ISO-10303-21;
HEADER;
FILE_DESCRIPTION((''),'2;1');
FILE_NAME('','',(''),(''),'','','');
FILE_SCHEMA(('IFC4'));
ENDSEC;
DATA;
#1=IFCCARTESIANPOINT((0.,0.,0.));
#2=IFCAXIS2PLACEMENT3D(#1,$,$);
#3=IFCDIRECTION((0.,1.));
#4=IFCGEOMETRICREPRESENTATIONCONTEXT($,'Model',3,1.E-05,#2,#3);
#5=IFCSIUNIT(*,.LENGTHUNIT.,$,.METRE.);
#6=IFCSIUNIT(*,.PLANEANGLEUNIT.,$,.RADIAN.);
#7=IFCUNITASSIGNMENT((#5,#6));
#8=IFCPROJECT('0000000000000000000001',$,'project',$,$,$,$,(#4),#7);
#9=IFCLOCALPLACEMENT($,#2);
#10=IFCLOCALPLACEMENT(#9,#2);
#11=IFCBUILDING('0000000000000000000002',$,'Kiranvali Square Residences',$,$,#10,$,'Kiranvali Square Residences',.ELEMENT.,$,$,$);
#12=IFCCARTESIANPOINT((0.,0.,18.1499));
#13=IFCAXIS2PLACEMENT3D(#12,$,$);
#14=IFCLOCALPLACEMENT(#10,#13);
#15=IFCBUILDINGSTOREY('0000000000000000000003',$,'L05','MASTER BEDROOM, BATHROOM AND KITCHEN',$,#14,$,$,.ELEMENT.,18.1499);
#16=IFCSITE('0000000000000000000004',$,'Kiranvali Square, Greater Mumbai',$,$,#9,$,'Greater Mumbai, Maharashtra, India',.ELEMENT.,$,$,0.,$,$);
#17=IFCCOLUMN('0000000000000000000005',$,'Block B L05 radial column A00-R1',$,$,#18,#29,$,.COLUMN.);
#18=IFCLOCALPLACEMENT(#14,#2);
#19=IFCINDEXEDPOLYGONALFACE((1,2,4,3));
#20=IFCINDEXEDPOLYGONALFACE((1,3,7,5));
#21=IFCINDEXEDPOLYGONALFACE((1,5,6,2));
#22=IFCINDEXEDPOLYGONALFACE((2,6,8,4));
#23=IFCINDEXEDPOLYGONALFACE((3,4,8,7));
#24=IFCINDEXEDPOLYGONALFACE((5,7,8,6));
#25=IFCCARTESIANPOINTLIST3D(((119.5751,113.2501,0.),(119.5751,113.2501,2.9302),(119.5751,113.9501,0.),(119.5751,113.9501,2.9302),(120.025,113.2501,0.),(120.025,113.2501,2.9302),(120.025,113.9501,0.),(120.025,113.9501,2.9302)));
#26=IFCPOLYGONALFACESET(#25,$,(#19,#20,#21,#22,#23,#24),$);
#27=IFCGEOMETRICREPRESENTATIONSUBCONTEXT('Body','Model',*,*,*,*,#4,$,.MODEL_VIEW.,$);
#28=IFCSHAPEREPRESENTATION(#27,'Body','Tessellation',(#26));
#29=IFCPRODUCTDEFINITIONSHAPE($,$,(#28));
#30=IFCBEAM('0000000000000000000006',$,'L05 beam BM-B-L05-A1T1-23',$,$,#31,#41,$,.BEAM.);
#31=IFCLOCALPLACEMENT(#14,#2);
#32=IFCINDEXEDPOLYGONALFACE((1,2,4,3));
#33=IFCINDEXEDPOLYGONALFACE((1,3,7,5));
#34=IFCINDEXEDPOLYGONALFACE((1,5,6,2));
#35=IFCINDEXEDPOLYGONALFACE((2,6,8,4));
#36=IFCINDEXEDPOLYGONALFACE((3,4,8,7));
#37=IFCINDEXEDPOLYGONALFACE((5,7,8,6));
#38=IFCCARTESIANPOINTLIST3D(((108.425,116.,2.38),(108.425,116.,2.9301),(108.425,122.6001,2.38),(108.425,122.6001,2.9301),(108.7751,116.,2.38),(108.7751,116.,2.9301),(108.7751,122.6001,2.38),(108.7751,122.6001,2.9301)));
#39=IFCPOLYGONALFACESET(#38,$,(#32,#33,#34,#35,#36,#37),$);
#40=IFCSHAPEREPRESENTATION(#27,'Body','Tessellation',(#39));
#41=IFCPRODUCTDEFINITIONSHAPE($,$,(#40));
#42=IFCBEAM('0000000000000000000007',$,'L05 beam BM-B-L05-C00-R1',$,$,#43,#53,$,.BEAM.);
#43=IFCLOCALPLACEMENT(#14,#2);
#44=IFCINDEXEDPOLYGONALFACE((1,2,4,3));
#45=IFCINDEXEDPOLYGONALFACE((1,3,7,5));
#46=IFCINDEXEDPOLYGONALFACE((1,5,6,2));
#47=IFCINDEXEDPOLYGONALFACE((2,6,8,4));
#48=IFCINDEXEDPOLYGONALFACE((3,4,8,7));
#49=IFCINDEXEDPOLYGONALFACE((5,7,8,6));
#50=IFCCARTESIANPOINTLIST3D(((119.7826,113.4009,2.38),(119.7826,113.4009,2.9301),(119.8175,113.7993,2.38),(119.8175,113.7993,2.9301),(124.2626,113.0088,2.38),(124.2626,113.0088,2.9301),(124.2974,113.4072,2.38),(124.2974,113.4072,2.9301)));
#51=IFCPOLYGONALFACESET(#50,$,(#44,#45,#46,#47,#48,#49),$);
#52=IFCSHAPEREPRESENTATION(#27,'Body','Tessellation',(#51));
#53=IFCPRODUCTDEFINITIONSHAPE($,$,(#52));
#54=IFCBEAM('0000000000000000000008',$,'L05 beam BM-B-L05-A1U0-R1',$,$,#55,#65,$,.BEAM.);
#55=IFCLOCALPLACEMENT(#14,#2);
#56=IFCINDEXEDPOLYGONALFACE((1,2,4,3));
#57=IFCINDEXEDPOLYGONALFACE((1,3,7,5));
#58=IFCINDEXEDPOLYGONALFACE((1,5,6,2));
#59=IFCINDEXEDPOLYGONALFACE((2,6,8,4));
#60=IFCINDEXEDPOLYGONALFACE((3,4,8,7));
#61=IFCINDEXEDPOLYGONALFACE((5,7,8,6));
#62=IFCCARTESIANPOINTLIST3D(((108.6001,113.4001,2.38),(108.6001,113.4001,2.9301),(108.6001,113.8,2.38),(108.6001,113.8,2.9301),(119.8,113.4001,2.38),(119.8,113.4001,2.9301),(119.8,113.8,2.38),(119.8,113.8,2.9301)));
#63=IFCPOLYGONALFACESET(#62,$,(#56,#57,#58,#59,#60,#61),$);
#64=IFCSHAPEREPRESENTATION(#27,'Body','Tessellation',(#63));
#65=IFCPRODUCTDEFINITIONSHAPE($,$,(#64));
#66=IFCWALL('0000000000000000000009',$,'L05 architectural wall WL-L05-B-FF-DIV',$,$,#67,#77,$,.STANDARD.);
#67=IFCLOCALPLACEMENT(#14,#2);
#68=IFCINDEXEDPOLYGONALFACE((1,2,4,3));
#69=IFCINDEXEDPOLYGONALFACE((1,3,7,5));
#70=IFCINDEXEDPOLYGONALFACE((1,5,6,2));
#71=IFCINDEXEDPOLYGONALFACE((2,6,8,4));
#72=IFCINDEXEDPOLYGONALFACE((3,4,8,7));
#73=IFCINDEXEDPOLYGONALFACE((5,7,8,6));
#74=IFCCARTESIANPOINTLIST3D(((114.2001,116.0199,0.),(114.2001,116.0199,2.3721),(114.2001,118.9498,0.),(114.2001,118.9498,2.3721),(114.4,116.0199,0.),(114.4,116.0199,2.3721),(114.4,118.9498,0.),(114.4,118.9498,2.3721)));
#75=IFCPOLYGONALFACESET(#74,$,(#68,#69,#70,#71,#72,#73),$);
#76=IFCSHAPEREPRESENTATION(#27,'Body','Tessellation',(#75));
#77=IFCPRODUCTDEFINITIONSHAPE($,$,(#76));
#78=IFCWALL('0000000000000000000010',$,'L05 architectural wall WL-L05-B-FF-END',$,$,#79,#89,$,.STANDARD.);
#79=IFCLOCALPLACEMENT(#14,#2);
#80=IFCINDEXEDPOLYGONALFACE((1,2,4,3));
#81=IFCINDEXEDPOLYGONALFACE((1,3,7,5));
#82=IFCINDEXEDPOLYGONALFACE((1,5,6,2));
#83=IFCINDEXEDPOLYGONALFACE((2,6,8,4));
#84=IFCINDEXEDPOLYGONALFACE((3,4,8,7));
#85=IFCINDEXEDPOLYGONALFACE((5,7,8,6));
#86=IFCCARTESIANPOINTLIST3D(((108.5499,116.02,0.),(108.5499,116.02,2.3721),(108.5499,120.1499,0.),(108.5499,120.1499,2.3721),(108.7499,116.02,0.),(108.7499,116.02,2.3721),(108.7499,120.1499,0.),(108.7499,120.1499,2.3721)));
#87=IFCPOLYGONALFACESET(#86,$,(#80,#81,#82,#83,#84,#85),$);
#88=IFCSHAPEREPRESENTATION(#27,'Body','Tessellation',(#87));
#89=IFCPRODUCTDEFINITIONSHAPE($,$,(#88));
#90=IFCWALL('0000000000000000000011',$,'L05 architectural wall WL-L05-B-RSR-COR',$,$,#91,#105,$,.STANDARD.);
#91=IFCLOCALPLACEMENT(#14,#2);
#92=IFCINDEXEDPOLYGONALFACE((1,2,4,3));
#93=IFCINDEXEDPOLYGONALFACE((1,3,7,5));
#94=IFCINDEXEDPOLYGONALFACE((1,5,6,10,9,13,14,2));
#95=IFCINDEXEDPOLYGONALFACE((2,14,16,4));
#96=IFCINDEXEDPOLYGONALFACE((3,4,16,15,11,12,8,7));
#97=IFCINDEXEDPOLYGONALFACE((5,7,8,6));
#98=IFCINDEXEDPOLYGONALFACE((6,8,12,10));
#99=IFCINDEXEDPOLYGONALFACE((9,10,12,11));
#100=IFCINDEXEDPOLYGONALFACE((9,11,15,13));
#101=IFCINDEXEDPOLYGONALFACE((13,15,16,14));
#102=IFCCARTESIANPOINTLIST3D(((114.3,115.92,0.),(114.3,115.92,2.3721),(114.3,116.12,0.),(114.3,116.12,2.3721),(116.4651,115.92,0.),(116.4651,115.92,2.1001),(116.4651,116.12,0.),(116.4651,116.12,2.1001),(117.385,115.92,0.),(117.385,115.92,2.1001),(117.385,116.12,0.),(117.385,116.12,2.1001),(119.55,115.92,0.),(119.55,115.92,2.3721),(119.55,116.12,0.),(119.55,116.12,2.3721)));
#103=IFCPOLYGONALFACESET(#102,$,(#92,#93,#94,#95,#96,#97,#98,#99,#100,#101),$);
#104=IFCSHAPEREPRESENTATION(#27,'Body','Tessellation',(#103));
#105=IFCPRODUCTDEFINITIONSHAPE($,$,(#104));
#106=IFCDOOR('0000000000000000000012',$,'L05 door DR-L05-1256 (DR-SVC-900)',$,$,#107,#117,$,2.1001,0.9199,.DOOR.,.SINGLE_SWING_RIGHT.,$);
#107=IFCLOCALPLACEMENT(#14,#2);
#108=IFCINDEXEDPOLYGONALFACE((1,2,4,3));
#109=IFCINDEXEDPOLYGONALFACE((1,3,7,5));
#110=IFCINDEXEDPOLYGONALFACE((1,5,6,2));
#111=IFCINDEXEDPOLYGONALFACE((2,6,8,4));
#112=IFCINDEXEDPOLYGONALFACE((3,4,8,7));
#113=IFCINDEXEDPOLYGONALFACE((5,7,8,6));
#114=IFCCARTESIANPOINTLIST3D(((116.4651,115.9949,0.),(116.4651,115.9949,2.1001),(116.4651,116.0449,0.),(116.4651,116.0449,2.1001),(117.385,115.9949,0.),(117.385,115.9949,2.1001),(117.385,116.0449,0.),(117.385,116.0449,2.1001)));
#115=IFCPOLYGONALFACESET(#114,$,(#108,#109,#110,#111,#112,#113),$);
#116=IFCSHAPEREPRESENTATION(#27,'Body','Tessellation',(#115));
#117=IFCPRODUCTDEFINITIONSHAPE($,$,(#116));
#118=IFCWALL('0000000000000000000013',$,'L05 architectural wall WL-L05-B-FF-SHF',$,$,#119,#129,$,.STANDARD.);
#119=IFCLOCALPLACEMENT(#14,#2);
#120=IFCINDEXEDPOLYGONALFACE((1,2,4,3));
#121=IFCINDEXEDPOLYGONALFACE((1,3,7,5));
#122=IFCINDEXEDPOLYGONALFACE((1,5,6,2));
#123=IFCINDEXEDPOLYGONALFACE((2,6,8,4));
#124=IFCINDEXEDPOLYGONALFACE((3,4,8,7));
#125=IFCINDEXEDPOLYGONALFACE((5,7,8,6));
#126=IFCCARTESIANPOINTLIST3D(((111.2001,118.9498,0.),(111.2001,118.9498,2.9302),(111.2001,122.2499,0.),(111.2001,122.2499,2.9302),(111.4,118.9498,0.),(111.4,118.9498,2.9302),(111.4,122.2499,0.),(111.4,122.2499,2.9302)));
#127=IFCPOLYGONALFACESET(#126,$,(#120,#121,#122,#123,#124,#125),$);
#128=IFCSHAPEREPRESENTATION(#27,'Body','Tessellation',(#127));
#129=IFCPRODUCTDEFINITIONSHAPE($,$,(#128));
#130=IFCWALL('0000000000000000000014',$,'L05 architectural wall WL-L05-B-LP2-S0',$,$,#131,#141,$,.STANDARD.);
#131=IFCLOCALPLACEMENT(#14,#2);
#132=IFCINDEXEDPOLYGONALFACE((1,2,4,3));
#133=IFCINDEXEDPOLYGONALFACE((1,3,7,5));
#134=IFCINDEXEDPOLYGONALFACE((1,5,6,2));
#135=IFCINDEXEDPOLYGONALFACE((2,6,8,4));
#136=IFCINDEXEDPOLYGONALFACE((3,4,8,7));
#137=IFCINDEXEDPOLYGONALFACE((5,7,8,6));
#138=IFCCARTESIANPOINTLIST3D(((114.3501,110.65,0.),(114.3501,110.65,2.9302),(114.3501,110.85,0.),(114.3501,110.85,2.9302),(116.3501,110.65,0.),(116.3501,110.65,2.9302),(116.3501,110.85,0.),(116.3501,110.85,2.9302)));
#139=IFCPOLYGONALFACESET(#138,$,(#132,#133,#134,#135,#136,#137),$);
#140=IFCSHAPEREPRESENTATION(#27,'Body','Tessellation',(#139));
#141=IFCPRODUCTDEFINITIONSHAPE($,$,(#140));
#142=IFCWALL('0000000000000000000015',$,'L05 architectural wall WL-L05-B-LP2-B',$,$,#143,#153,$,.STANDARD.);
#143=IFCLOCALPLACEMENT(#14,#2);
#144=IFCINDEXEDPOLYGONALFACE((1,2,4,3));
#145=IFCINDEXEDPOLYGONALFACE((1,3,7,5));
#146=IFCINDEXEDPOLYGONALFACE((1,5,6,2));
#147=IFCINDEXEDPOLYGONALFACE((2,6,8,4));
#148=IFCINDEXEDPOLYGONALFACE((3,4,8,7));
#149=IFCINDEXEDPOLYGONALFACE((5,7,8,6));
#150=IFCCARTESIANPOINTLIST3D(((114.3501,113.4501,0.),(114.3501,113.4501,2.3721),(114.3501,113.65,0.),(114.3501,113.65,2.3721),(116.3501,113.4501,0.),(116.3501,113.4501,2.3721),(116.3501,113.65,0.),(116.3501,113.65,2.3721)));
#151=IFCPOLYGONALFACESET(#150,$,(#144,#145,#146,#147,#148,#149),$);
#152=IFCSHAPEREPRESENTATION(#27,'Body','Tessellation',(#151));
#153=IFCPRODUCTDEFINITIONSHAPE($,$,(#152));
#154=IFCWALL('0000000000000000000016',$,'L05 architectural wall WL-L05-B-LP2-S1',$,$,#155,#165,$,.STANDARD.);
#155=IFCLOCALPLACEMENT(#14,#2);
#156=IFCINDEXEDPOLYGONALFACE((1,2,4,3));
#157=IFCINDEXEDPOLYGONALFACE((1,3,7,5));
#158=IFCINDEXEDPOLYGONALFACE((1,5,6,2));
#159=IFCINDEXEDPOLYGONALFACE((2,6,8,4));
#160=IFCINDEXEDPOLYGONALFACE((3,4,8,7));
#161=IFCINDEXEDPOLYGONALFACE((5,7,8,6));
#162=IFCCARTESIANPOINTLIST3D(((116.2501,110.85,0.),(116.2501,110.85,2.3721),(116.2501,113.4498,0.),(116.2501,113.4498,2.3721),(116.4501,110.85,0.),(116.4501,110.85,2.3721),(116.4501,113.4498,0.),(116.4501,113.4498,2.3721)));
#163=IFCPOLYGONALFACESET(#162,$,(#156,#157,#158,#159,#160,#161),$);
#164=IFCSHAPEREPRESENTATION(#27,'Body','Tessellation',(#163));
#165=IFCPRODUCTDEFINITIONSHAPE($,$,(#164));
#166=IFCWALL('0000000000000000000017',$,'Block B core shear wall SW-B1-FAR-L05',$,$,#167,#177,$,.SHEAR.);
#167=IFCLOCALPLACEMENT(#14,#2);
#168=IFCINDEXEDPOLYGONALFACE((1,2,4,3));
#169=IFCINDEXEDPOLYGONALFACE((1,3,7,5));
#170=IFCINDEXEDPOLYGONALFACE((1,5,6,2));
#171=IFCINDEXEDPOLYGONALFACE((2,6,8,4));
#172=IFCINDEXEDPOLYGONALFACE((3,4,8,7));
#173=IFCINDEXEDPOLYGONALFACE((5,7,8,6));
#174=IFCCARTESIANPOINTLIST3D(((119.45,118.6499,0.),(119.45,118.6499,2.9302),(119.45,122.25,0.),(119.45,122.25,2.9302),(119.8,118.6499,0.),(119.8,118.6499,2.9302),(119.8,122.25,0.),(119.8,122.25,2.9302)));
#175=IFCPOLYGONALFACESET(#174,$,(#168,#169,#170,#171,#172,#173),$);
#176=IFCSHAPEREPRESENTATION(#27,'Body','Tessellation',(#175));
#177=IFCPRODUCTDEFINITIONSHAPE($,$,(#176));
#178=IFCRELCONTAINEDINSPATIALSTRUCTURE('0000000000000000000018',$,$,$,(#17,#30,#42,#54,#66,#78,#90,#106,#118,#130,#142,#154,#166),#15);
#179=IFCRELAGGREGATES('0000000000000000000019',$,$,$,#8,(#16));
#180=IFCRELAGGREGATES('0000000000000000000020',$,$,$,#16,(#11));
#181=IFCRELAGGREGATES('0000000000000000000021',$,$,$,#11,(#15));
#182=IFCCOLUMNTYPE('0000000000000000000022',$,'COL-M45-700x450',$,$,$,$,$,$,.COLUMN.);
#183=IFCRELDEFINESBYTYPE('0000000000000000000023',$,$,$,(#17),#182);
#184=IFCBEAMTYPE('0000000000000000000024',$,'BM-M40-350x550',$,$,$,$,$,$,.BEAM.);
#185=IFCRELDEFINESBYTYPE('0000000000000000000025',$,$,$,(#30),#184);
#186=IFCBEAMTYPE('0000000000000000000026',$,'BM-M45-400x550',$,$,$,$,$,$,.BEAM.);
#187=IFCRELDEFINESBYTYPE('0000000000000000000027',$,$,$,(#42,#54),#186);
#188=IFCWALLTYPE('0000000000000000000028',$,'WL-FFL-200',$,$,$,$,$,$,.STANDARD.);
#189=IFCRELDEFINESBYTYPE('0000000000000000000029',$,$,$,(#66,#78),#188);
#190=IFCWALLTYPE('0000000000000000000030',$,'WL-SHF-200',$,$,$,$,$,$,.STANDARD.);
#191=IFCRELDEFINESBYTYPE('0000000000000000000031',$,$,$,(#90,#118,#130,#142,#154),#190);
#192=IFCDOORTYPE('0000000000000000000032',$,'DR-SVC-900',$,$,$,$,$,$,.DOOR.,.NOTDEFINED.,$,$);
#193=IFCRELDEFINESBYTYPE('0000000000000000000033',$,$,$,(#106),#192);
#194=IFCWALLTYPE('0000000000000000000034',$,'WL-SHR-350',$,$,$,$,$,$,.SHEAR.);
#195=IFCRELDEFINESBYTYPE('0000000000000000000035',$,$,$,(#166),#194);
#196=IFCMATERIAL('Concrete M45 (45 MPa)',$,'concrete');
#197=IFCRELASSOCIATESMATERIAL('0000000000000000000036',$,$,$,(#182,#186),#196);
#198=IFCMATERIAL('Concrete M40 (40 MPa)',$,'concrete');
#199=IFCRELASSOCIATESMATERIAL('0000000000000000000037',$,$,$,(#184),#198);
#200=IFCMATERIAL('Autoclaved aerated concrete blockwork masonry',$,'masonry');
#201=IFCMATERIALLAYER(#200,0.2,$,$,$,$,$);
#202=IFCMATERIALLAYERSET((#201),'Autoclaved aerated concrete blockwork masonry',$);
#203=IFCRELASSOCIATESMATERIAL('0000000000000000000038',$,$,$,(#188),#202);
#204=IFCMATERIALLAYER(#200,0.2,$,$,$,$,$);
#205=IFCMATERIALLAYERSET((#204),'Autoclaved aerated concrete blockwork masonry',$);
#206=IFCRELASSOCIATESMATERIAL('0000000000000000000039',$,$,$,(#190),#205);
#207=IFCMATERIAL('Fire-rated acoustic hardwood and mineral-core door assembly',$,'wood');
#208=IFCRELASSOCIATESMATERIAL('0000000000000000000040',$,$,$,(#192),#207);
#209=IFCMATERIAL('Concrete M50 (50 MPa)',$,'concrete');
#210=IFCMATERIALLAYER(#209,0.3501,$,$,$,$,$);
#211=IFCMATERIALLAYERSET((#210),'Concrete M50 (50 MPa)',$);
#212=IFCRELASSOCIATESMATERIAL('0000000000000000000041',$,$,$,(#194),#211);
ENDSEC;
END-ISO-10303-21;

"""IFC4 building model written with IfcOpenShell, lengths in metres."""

from ifc_helpers import new_model, si_unit, direction, frame, frame_2d, origin, origin_2d, place, context, subcontext, project, spatial, rectangle, extrude, material, layer, layer_set, material_profile, profile_set, type_object, element, fill, save


model = new_model("IFC4")

# Units and contexts
model_context = context("Model", 3, precision=1e-05, world=origin(), true_north=direction((0.0, 1.0)))
body_context = subcontext(model_context, "Body", "Model", "MODEL_VIEW")
ifc_project = project(units=[si_unit("LENGTHUNIT", "METRE"), si_unit("PLANEANGLEUNIT", "RADIAN")], contexts=[model_context])

# Site, building, storey
site_placement = place(None, origin())
site = spatial("IfcSite", under=ifc_project, at=site_placement, Name="Kiranvali Square, Greater Mumbai", LongName="Greater Mumbai, Maharashtra, India", CompositionType="ELEMENT", RefElevation=0.0)
building_placement = place(site_placement, origin())
building = spatial("IfcBuilding", under=site, at=building_placement, Name="Kiranvali Square Residences", LongName="Kiranvali Square Residences", CompositionType="ELEMENT")
storey_placement = place(building_placement, frame((0.0, 0.0, 18.1499)))
storey = spatial("IfcBuildingStorey", under=building, at=storey_placement, Name="L05", Description="MASTER BEDROOM, BATHROOM AND KITCHEN", CompositionType="ELEMENT", Elevation=18.1499)

# Column
ifc_material_1 = material(Name="Concrete M45 (45 MPa)", Category="concrete")
ifc_material_profile_1 = material_profile(ifc_material_1, rectangle(XDim=0.45, YDim=0.7, at=origin_2d()), Name="RC 700x450")
ifc_profile_set_1 = profile_set([ifc_material_profile_1], Name="Concrete M45 (45 MPa)")
column_type = type_object("IfcColumnType", Name="COL-M45-700x450", PredefinedType="COLUMN", material=ifc_profile_set_1)
column_placement = place(storey_placement, frame((119.8, 113.6001, 0.0), z_axis=(0.0, 0.0, 1.0), x_axis=(1.0, 0.0, 0.0)))
element("IfcColumn", 1, at=column_placement, inside=storey, type_object=column_type, Name="Block B L05 radial column A00-R1", PredefinedType="COLUMN", context=body_context, shape_type="SweptSolid", body=[
    extrude(rectangle(XDim=0.45, YDim=0.7, at=origin_2d()), origin(), (0.0, 0.0, 1.0), 2.9302),
])

# Beams
ifc_material_2 = material(Name="Concrete M40 (40 MPa)", Category="concrete")
ifc_material_profile_2 = material_profile(ifc_material_2, rectangle(XDim=0.3501, YDim=0.55, at=origin_2d()), Name="RC 350x550")
ifc_profile_set_2 = profile_set([ifc_material_profile_2], Name="Concrete M40 (40 MPa)")
beam_type_1 = type_object("IfcBeamType", Name="BM-M40-350x550", PredefinedType="BEAM", material=ifc_profile_set_2)
beam_1_placement = place(storey_placement, frame((108.6001, 116.0, 2.655), z_axis=(0.0, 1.0, 0.0), x_axis=(-1.0, 0.0, 0.0)))
element("IfcBeam", 2, at=beam_1_placement, inside=storey, type_object=beam_type_1, Name="L05 beam BM-B-L05-A1T1-23", PredefinedType="BEAM", context=body_context, shape_type="SweptSolid", body=[
    extrude(rectangle(XDim=0.3501, YDim=0.55, at=origin_2d()), origin(), (0.0, 0.0, 1.0), 6.6001),
])
ifc_material_profile_3 = material_profile(ifc_material_1, rectangle(XDim=0.3999, YDim=0.55, at=origin_2d()), Name="RC 400x550")
ifc_profile_set_3 = profile_set([ifc_material_profile_3], Name="Concrete M45 (45 MPa)")
beam_type_2 = type_object("IfcBeamType", Name="BM-M45-400x550", PredefinedType="BEAM", material=ifc_profile_set_3)
beam_2_placement = place(storey_placement, frame((119.8, 113.6001, 2.655), z_axis=(0.996192, -0.087187, 0.0), x_axis=(0.087187, 0.996192, 0.0)))
element("IfcBeam", 3, at=beam_2_placement, inside=storey, type_object=beam_type_2, Name="L05 beam BM-B-L05-C00-R1", PredefinedType="BEAM", context=body_context, shape_type="SweptSolid", body=[
    extrude(rectangle(XDim=0.3999, YDim=0.55, at=origin_2d()), origin(), (0.0, 0.0, 1.0), 4.4971),
])
beam_3_placement = place(storey_placement, frame((119.8, 113.6001, 2.655), z_axis=(-1.0, 0.0, 0.0), x_axis=(0.0, -1.0, 0.0)))
element("IfcBeam", 4, at=beam_3_placement, inside=storey, type_object=beam_type_2, Name="L05 beam BM-B-L05-A1U0-R1", PredefinedType="BEAM", context=body_context, shape_type="SweptSolid", body=[
    extrude(rectangle(XDim=0.3999, YDim=0.55, at=origin_2d()), origin(), (0.0, 0.0, 1.0), 11.2),
])

# Shared definitions
ifc_material_3 = material(Name="Autoclaved aerated concrete blockwork masonry", Category="masonry")
ifc_material_4 = material(Name="Fire-rated acoustic hardwood and mineral-core door assembly", Category="wood")
ifc_layer_1 = layer(ifc_material_3, 0.2)
ifc_layer_set_1 = layer_set([ifc_layer_1], Name="Autoclaved aerated concrete blockwork masonry")
wall_type_1 = type_object("IfcWallType", Name="WL-FFL-200", PredefinedType="STANDARD", material=ifc_layer_set_1)

# Walls
wall_1_placement = place(storey_placement, frame((114.3, 116.02, 0.0), z_axis=(0.0, 0.0, 1.0), x_axis=(0.0, 1.0, 0.0)))
element("IfcWall", 5, at=wall_1_placement, inside=storey, type_object=wall_type_1, Name="L05 architectural wall WL-L05-B-FF-DIV", PredefinedType="STANDARD", context=body_context, shape_type="SweptSolid", body=[
    extrude(rectangle(XDim=2.9299, YDim=0.2, at=frame_2d((1.4648, 0.0))), origin(), (0.0, 0.0, 1.0), 2.3721),
])
wall_2_placement = place(storey_placement, frame((108.6499, 116.02, 0.0), z_axis=(0.0, 0.0, 1.0), x_axis=(0.0, 1.0, 0.0)))
element("IfcWall", 6, at=wall_2_placement, inside=storey, type_object=wall_type_1, Name="L05 architectural wall WL-L05-B-FF-END", PredefinedType="STANDARD", context=body_context, shape_type="SweptSolid", body=[
    extrude(rectangle(XDim=4.1299, YDim=0.2, at=frame_2d((2.0649, 0.0))), origin(), (0.0, 0.0, 1.0), 2.3721),
])

# Wall, opening, door
ifc_layer_2 = layer(ifc_material_3, 0.2)
ifc_layer_set_2 = layer_set([ifc_layer_2], Name="Autoclaved aerated concrete blockwork masonry")
wall_type_2 = type_object("IfcWallType", Name="WL-SHF-200", PredefinedType="STANDARD", material=ifc_layer_set_2)
wall_3_placement = place(storey_placement, frame((119.55, 116.02, 0.0), z_axis=(0.0, 0.0, 1.0), x_axis=(-1.0, 0.0, 0.0)))
wall_3 = element("IfcWall", 7, at=wall_3_placement, inside=storey, type_object=wall_type_2, Name="L05 architectural wall WL-L05-B-RSR-COR", PredefinedType="STANDARD", context=body_context, shape_type="SweptSolid", body=[
    extrude(rectangle(XDim=5.25, YDim=0.2, at=frame_2d((2.625, 0.0))), origin(), (0.0, 0.0, 1.0), 2.3721),
])
opening_1_placement = place(wall_3_placement, frame((2.165, 0.0, 0.0)))
opening_1 = element("IfcOpeningElement", 8, at=opening_1_placement, cuts=wall_3, PredefinedType="OPENING", context=body_context, shape_type="SweptSolid", body=[
    extrude(rectangle(XDim=0.9199, YDim=2.1001, at=frame_2d((0.46, 1.05))), frame((0.0, 0.1099, 0.0), z_axis=(0.0, -1.0, 0.0), x_axis=(1.0, 0.0, 0.0)), (0.0, 0.0, 1.0), 0.22),
])
door_type_1 = type_object("IfcDoorType", Name="DR-SVC-900", OperationType="NOTDEFINED", PredefinedType="DOOR", material=ifc_material_4)
door_1_placement = place(opening_1_placement, frame((0.9199, 0.0, 0.0), z_axis=(0.0, 0.0, 1.0), x_axis=(-1.0, 0.0, 0.0)))
door_1 = element("IfcDoor", 9, at=door_1_placement, inside=storey, type_object=door_type_1, Name="L05 door DR-L05-1256 (DR-SVC-900)", OperationType="SINGLE_SWING_RIGHT", OverallHeight=2.1001, OverallWidth=0.9199, PredefinedType="DOOR", context=body_context, shape_type="SweptSolid", body=[
    extrude(rectangle(XDim=0.9199, YDim=2.1001, at=frame_2d((0.46, 1.05))), frame((0.0, 0.0249, 0.0), z_axis=(0.0, -1.0, 0.0), x_axis=(1.0, 0.0, 0.0)), (0.0, 0.0, 1.0), 0.05),
])
fill(opening_1, door_1)

# Wall
wall_4_placement = place(storey_placement, frame((111.3, 118.95, 0.0), z_axis=(0.0, 0.0, 1.0), x_axis=(0.0, 1.0, 0.0)))
element("IfcWall", 10, at=wall_4_placement, inside=storey, type_object=wall_type_2, Name="L05 architectural wall WL-L05-B-FF-SHF", PredefinedType="STANDARD", context=body_context, shape_type="SweptSolid", body=[
    extrude(rectangle(XDim=3.3, YDim=0.2, at=frame_2d((1.6499, 0.0))), origin(), (0.0, 0.0, 1.0), 2.9302),
])

# Walls
wall_5_placement = place(storey_placement, frame((116.3501, 110.75, 0.0), z_axis=(0.0, 0.0, 1.0), x_axis=(-1.0, 0.0, 0.0)))
element("IfcWall", 11, at=wall_5_placement, inside=storey, type_object=wall_type_2, Name="L05 architectural wall WL-L05-B-LP2-S0", PredefinedType="STANDARD", context=body_context, shape_type="SweptSolid", body=[
    extrude(rectangle(XDim=2.0, YDim=0.2, at=frame_2d((1.0, 0.0))), origin(), (0.0, 0.0, 1.0), 2.9302),
])
wall_6_placement = place(storey_placement, frame((116.3501, 113.55, 0.0), z_axis=(0.0, 0.0, 1.0), x_axis=(-1.0, 0.0, 0.0)))
element("IfcWall", 12, at=wall_6_placement, inside=storey, type_object=wall_type_2, Name="L05 architectural wall WL-L05-B-LP2-B", PredefinedType="STANDARD", context=body_context, shape_type="SweptSolid", body=[
    extrude(rectangle(XDim=2.0, YDim=0.2, at=frame_2d((1.0, 0.0))), origin(), (0.0, 0.0, 1.0), 2.3721),
])
wall_7_placement = place(storey_placement, frame((116.3501, 110.8501, 0.0), z_axis=(0.0, 0.0, 1.0), x_axis=(0.0, 1.0, 0.0)))
element("IfcWall", 13, at=wall_7_placement, inside=storey, type_object=wall_type_2, Name="L05 architectural wall WL-L05-B-LP2-S1", PredefinedType="STANDARD", context=body_context, shape_type="SweptSolid", body=[
    extrude(rectangle(XDim=2.5999, YDim=0.2, at=frame_2d((1.2998, 0.0))), origin(), (0.0, 0.0, 1.0), 2.3721),
])

# Shared definitions
ifc_material_5 = material(Name="Concrete M50 (50 MPa)", Category="concrete")
ifc_layer_3 = layer(ifc_material_5, 0.3501)
ifc_layer_set_3 = layer_set([ifc_layer_3], Name="Concrete M50 (50 MPa)")
wall_type_3 = type_object("IfcWallType", Name="WL-SHR-350", PredefinedType="SHEAR", material=ifc_layer_set_3)

# Wall
wall_8_placement = place(storey_placement, frame((119.625, 118.6499, 0.0), z_axis=(0.0, 0.0, 1.0), x_axis=(0.0, 1.0, 0.0)))
element("IfcWall", 14, at=wall_8_placement, inside=storey, type_object=wall_type_3, Name="Block B core shear wall SW-B1-FAR-L05", PredefinedType="SHEAR", context=body_context, shape_type="SweptSolid", body=[
    extrude(rectangle(XDim=3.6001, YDim=0.3501, at=frame_2d((1.8, 0.0))), origin(), (0.0, 0.0, 1.0), 2.9302),
])

save(model, "model.ifc")
